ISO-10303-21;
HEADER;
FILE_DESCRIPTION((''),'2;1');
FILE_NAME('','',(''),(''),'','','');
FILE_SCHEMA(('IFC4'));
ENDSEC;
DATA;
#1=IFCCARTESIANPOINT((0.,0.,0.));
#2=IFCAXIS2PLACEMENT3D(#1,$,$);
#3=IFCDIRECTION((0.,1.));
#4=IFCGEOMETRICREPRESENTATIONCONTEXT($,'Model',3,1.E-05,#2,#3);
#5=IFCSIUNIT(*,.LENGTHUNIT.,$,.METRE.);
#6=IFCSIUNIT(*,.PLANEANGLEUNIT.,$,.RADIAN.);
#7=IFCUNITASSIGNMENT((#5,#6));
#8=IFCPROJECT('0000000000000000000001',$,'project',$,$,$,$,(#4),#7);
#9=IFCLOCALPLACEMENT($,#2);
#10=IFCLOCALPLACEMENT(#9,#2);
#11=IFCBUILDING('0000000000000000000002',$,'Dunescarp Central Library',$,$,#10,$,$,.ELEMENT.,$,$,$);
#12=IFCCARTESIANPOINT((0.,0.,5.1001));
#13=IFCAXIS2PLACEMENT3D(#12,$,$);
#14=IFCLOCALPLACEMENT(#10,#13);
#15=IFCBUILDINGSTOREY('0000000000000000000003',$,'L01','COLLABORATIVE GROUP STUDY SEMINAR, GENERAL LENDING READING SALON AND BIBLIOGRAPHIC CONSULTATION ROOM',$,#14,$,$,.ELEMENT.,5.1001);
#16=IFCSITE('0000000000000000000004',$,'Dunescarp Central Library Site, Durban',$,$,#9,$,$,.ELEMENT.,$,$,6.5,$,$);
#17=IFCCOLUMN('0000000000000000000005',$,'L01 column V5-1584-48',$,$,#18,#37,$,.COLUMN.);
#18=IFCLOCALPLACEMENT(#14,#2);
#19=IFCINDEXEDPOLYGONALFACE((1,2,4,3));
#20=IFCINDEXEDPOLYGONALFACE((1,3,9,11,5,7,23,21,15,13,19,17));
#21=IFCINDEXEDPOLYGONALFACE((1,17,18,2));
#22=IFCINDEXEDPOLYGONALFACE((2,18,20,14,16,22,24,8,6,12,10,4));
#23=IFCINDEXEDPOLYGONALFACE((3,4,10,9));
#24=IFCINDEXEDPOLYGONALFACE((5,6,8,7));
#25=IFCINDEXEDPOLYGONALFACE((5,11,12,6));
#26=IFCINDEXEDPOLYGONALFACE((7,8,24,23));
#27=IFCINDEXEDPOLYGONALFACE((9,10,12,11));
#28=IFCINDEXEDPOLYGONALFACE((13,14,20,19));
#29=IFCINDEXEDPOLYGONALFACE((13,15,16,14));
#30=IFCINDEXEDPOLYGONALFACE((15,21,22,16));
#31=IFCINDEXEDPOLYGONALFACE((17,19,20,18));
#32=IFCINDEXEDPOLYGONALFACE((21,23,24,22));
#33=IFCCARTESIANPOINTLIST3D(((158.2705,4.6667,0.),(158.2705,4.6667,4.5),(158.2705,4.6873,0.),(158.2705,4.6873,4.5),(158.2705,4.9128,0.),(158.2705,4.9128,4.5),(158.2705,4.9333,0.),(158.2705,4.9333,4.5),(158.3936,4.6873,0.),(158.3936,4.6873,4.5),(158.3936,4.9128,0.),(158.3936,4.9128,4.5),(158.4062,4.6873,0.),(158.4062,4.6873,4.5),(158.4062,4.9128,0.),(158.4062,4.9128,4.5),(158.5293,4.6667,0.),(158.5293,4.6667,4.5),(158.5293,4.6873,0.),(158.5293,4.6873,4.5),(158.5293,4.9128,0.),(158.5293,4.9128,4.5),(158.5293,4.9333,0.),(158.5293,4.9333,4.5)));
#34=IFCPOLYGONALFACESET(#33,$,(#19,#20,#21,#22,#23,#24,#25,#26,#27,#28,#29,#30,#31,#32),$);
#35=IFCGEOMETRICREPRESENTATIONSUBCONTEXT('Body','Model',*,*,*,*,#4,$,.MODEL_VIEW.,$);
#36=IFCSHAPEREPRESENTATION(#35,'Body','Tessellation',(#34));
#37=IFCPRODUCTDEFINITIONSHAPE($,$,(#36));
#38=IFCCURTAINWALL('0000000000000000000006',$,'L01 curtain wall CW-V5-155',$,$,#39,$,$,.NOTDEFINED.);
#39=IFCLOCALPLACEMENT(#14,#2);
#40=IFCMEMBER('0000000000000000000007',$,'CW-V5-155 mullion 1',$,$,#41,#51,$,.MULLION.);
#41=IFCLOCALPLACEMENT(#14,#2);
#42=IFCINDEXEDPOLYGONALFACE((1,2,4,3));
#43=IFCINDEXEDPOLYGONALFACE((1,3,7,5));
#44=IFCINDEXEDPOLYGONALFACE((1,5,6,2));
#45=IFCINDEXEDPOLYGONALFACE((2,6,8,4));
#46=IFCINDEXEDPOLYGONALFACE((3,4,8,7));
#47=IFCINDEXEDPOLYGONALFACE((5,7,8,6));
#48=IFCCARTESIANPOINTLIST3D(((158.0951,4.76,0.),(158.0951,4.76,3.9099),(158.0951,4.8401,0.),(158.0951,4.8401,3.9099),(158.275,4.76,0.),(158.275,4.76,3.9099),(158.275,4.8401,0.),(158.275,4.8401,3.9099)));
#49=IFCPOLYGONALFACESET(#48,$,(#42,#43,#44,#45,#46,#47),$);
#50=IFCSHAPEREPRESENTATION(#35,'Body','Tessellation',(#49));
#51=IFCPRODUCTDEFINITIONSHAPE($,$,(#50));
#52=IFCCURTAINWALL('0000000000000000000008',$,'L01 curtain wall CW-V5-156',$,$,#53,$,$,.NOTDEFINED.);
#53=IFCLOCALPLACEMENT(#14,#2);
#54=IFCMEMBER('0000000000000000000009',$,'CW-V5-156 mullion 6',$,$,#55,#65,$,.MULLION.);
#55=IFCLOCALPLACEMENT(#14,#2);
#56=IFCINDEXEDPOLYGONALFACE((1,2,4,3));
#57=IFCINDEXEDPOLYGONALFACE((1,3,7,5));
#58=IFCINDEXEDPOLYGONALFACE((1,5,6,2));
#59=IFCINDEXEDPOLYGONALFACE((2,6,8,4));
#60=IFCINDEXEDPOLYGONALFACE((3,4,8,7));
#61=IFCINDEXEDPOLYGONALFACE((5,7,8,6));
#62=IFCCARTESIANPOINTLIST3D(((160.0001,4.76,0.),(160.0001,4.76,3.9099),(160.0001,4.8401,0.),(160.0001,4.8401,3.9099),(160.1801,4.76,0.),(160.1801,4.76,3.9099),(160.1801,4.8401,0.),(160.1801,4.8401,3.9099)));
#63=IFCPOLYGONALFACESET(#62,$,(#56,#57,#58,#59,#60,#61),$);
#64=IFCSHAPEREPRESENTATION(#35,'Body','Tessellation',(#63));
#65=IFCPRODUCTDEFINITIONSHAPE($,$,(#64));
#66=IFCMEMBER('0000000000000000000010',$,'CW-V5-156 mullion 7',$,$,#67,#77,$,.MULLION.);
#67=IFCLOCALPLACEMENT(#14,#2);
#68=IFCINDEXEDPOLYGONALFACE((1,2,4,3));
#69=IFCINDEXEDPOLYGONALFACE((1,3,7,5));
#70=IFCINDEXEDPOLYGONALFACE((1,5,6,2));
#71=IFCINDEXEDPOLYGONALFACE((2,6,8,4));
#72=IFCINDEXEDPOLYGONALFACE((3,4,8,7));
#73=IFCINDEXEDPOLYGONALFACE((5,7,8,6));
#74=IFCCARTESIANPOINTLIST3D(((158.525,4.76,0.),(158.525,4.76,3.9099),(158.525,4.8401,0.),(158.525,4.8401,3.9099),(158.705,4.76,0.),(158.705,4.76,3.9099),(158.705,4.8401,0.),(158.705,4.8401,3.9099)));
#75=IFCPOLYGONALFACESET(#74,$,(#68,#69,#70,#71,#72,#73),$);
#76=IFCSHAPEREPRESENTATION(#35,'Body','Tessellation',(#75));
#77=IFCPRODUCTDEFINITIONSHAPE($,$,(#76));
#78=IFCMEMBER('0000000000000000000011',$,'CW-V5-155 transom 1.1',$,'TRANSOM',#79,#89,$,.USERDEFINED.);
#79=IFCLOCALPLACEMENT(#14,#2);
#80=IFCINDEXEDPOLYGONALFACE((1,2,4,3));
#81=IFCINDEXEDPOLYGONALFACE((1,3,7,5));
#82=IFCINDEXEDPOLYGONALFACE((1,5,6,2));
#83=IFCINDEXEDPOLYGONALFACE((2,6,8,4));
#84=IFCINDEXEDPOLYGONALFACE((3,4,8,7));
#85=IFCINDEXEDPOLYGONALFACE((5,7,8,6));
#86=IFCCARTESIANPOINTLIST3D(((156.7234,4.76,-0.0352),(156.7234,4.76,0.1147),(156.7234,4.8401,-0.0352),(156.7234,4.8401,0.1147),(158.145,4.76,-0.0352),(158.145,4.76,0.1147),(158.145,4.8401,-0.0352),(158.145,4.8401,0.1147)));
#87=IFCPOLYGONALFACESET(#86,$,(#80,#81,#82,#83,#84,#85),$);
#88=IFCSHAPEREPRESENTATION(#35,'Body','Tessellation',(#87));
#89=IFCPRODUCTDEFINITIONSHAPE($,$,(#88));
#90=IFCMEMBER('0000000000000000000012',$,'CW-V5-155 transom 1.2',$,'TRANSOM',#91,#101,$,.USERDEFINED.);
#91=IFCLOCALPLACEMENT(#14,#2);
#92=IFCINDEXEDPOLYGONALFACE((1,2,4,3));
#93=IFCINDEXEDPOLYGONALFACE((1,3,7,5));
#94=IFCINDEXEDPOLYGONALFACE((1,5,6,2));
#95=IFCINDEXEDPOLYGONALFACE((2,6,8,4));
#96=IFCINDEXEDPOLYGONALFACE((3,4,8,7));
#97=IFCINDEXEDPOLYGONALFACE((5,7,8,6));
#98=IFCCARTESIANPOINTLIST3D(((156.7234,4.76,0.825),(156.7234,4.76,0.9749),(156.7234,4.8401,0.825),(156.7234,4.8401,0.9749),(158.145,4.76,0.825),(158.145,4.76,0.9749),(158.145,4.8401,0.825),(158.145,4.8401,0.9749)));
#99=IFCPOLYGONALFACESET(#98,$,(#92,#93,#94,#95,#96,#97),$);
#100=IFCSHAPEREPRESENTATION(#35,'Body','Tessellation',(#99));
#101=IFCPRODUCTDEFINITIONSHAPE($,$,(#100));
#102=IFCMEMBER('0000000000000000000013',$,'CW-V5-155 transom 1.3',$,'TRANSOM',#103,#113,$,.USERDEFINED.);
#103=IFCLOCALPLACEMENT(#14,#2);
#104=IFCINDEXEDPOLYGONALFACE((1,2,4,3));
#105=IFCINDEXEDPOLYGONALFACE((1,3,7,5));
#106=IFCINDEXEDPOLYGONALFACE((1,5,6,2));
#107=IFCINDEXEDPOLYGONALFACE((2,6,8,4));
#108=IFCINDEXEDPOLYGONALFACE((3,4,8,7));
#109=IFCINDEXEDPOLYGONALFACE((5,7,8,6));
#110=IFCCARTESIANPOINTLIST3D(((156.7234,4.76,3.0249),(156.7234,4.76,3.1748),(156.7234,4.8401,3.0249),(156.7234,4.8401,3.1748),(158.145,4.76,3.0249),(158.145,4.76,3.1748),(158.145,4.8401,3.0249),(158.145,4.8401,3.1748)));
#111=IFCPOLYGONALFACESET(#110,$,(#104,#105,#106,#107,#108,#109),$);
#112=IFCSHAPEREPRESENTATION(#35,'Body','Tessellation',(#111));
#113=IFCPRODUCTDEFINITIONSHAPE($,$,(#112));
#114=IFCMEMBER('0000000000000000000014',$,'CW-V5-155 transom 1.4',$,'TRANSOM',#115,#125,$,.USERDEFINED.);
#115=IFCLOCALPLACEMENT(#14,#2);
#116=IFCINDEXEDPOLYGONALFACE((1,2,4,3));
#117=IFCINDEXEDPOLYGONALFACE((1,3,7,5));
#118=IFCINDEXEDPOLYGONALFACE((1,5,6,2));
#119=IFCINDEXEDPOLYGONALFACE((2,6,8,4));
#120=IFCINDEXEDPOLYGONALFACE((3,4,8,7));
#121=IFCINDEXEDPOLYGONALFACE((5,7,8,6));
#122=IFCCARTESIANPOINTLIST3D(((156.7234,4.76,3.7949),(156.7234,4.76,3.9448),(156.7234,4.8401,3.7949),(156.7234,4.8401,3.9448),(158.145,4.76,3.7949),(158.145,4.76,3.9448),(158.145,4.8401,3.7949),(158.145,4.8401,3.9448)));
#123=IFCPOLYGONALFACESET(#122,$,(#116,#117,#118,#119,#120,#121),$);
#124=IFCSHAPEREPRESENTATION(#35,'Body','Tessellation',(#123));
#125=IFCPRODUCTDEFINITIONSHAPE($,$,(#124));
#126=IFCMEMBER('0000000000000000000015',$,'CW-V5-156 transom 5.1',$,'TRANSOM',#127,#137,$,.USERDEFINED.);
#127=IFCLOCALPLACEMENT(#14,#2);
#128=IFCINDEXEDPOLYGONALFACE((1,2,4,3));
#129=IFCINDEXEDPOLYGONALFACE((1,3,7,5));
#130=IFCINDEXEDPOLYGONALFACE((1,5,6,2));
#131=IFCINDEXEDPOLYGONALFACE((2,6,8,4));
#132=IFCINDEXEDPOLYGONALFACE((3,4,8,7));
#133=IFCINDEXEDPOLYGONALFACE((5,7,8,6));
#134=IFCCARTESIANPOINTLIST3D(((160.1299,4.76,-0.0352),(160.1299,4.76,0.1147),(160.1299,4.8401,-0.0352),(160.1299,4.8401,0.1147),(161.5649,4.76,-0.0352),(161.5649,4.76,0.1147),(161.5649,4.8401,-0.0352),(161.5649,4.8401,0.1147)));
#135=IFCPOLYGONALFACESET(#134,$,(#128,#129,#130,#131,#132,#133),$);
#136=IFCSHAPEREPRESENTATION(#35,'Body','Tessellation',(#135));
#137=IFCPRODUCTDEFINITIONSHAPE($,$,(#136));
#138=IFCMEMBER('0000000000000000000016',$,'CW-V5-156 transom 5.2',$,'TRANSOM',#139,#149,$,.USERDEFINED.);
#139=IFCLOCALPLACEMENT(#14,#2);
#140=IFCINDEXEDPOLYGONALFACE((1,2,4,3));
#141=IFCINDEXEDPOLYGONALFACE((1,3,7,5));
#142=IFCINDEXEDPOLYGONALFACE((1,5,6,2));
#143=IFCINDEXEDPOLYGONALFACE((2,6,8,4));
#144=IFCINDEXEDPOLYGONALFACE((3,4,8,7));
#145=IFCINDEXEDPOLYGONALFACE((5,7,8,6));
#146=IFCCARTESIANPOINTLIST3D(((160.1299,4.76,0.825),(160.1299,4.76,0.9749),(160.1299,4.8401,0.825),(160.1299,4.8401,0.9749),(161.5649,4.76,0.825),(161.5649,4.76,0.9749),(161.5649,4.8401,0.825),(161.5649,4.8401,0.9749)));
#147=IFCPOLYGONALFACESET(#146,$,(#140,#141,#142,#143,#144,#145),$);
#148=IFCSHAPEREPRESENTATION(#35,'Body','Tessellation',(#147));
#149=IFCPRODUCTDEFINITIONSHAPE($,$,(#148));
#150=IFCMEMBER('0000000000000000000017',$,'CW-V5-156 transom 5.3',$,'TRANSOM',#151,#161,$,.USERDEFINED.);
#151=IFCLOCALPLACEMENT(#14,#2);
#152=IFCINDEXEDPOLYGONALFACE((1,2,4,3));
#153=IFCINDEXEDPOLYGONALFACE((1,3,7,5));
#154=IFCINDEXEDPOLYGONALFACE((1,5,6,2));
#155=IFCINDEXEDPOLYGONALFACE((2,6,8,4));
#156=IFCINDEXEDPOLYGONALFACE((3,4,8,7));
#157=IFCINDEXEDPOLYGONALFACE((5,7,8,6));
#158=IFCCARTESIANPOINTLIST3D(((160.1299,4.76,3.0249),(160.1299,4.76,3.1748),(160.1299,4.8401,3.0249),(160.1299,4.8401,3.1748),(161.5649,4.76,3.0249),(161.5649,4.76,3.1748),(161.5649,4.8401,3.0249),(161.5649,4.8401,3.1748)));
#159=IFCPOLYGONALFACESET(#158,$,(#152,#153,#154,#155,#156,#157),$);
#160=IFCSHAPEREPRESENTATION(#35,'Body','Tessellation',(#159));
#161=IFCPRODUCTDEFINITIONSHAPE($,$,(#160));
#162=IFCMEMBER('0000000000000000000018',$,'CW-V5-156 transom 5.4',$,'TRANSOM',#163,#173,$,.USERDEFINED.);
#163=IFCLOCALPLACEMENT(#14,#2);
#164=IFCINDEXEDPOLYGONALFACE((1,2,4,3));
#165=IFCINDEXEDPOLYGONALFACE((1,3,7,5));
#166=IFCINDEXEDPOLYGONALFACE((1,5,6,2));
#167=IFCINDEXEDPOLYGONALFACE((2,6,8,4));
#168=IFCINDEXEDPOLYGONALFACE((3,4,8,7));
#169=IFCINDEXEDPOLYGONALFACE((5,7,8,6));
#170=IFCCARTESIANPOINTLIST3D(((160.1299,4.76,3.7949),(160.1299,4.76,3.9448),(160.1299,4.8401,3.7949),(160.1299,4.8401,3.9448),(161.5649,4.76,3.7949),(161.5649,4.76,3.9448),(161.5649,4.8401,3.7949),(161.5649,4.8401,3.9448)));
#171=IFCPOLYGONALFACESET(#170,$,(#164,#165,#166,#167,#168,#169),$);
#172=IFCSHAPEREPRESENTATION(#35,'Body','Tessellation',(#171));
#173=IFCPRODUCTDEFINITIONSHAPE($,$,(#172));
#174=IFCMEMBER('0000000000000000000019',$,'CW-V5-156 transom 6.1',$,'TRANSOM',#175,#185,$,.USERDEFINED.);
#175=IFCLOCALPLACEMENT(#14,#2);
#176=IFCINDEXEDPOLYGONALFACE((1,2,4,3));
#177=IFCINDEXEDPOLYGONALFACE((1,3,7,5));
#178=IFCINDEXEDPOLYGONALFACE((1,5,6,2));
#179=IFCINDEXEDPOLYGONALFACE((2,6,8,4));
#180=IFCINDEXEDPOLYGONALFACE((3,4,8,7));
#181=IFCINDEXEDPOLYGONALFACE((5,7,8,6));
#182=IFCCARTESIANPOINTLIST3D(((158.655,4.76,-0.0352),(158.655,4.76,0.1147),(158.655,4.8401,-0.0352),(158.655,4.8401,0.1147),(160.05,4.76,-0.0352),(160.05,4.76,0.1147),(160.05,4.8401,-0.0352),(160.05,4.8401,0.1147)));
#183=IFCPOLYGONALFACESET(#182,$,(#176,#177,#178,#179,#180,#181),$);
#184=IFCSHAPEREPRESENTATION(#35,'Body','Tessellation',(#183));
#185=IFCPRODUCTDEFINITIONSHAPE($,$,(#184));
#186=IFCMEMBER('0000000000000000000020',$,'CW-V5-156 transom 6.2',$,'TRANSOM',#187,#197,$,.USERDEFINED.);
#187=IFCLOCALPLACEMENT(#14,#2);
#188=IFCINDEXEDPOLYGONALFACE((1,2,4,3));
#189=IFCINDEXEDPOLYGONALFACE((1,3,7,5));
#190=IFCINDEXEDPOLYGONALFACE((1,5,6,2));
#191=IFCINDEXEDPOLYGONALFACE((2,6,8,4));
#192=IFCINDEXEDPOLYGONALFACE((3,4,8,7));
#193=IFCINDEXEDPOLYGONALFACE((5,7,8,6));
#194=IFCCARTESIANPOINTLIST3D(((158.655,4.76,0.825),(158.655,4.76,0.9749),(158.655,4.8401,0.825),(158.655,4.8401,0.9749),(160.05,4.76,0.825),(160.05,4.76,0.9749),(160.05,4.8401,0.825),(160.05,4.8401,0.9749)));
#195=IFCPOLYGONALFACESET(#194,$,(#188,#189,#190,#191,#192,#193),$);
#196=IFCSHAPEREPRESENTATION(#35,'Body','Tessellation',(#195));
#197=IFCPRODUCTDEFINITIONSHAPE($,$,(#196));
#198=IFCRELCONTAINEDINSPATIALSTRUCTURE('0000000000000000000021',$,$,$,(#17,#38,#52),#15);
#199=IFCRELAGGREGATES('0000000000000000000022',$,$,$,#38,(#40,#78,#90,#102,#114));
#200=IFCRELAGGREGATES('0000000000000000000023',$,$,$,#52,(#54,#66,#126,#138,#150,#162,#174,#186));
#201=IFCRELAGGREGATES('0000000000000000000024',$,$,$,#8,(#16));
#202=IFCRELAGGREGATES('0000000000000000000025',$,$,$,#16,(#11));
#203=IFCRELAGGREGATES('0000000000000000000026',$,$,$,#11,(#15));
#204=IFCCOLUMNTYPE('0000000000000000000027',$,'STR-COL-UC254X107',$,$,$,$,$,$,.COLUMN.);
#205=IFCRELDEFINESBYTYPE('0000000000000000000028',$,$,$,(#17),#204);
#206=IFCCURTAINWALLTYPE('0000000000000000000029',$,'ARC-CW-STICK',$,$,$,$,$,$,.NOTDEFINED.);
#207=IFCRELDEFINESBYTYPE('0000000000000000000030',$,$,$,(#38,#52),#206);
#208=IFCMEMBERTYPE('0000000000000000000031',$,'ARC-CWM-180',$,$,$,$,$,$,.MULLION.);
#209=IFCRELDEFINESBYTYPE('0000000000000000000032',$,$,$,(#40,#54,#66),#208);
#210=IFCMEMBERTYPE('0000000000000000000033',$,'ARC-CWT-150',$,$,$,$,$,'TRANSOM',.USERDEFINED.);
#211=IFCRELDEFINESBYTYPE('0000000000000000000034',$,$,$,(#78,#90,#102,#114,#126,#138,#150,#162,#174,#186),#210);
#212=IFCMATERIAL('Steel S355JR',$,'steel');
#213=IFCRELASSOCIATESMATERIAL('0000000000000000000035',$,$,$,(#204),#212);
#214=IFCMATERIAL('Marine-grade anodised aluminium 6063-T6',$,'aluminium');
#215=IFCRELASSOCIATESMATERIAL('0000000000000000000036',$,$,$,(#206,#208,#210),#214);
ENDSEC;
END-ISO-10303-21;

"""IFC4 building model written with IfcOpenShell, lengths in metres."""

from ifc_helpers import new_model, si_unit, direction, frame, origin, origin_2d, place, context, subcontext, project, spatial, rectangle, i_section, extrude, material, material_profile, profile_set, type_object, element, aggregate, save


model = new_model("IFC4")

# Units and contexts
model_context = context("Model", 3, precision=1e-05, world=origin(), true_north=direction((0.0, 1.0)))
body_context = subcontext(model_context, "Body", "Model", "MODEL_VIEW")
ifc_project = project(units=[si_unit("LENGTHUNIT", "METRE"), si_unit("PLANEANGLEUNIT", "RADIAN")], contexts=[model_context])

# Site, building, storey
site_placement = place(None, origin())
site = spatial("IfcSite", under=ifc_project, at=site_placement, Name="Dunescarp Central Library Site, Durban", CompositionType="ELEMENT", RefElevation=6.5)
building_placement = place(site_placement, origin())
building = spatial("IfcBuilding", under=site, at=building_placement, Name="Dunescarp Central Library", CompositionType="ELEMENT")
storey_placement = place(building_placement, frame((0.0, 0.0, 5.1001)))
storey = spatial("IfcBuildingStorey", under=building, at=storey_placement, Name="L01", Description="COLLABORATIVE GROUP STUDY SEMINAR, GENERAL LENDING READING SALON AND BIBLIOGRAPHIC CONSULTATION ROOM", CompositionType="ELEMENT", Elevation=5.1001)

# Column
ifc_material_1 = material(Name="Steel S355JR", Category="steel")
ifc_material_profile_1 = material_profile(ifc_material_1, i_section(OverallWidth=0.2588, OverallDepth=0.2666, WebThickness=0.0127, FlangeThickness=0.0205, at=origin_2d()), Name="UC 254x254x107")
ifc_profile_set_1 = profile_set([ifc_material_profile_1], Name="Steel S355JR")
column_type = type_object("IfcColumnType", Name="STR-COL-UC254X107", PredefinedType="COLUMN", material=ifc_profile_set_1)
column_placement = place(storey_placement, frame((158.3999, 4.8, 0.0), z_axis=(0.0, 0.0, 1.0), x_axis=(1.0, 0.0, 0.0)))
element("IfcColumn", 1, at=column_placement, inside=storey, type_object=column_type, Name="L01 column V5-1584-48", PredefinedType="COLUMN", context=body_context, shape_type="SweptSolid", body=[
    extrude(i_section(OverallWidth=0.2588, OverallDepth=0.2666, WebThickness=0.0127, FlangeThickness=0.0205, at=origin_2d()), origin(), (0.0, 0.0, 1.0), 4.5),
])

# Curtain wall, member
ifc_material_2 = material(Name="Marine-grade anodised aluminium 6063-T6", Category="aluminium")
curtain_wall_type = type_object("IfcCurtainWallType", Name="ARC-CW-STICK", PredefinedType="NOTDEFINED", material=ifc_material_2)
curtain_wall_1_placement = place(storey_placement, origin())
curtain_wall_1 = element("IfcCurtainWall", 2, at=curtain_wall_1_placement, inside=storey, type_object=curtain_wall_type, Name="L01 curtain wall CW-V5-155", PredefinedType="NOTDEFINED")
ifc_material_profile_2 = material_profile(ifc_material_2, rectangle(XDim=0.0801, YDim=0.1799, at=origin_2d()), Name="AL 80x180")
ifc_profile_set_2 = profile_set([ifc_material_profile_2], Name="Marine-grade anodised aluminium 6063-T6")
member_type_1 = type_object("IfcMemberType", Name="ARC-CWM-180", PredefinedType="MULLION", material=ifc_profile_set_2)
member_1_placement = place(storey_placement, frame((158.1851, 4.8, 0.0), z_axis=(0.0, 0.0, 1.0), x_axis=(0.0, -1.0, 0.0)))
member_1 = element("IfcMember", 3, at=member_1_placement, type_object=member_type_1, Name="CW-V5-155 mullion 1", PredefinedType="MULLION", context=body_context, shape_type="SweptSolid", body=[
    extrude(rectangle(XDim=0.0801, YDim=0.1799, at=origin_2d()), origin(), (0.0, 0.0, 1.0), 3.9099),
])

# Curtain wall, members
curtain_wall_2_placement = place(storey_placement, origin())
curtain_wall_2 = element("IfcCurtainWall", 4, at=curtain_wall_2_placement, inside=storey, type_object=curtain_wall_type, Name="L01 curtain wall CW-V5-156", PredefinedType="NOTDEFINED")
member_2_placement = place(storey_placement, frame((160.0901, 4.8, 0.0), z_axis=(0.0, 0.0, 1.0), x_axis=(0.0, -1.0, 0.0)))
member_2 = element("IfcMember", 5, at=member_2_placement, type_object=member_type_1, Name="CW-V5-156 mullion 6", PredefinedType="MULLION", context=body_context, shape_type="SweptSolid", body=[
    extrude(rectangle(XDim=0.0801, YDim=0.1799, at=origin_2d()), origin(), (0.0, 0.0, 1.0), 3.9099),
])
member_3_placement = place(storey_placement, frame((158.615, 4.8, 0.0), z_axis=(0.0, 0.0, 1.0), x_axis=(0.0, -1.0, 0.0)))
member_3 = element("IfcMember", 6, at=member_3_placement, type_object=member_type_1, Name="CW-V5-156 mullion 7", PredefinedType="MULLION", context=body_context, shape_type="SweptSolid", body=[
    extrude(rectangle(XDim=0.0801, YDim=0.1799, at=origin_2d()), origin(), (0.0, 0.0, 1.0), 3.9099),
])

# Members
ifc_material_profile_3 = material_profile(ifc_material_2, rectangle(XDim=0.0801, YDim=0.1499, at=origin_2d()), Name="AL 80x150")
ifc_profile_set_3 = profile_set([ifc_material_profile_3], Name="Marine-grade anodised aluminium 6063-T6")
member_type_2 = type_object("IfcMemberType", Name="ARC-CWT-150", ElementType="TRANSOM", PredefinedType="USERDEFINED", material=ifc_profile_set_3)
member_4_placement = place(storey_placement, frame((158.145, 4.8, 0.0398), z_axis=(-1.0, 0.0, 0.0), x_axis=(0.0, -1.0, 0.0)))
member_4 = element("IfcMember", 7, at=member_4_placement, type_object=member_type_2, Name="CW-V5-155 transom 1.1", ObjectType="TRANSOM", PredefinedType="USERDEFINED", context=body_context, shape_type="SweptSolid", body=[
    extrude(rectangle(XDim=0.0801, YDim=0.1499, at=origin_2d()), origin(), (0.0, 0.0, 1.0), 1.4216),
])
member_5_placement = place(storey_placement, frame((158.145, 4.8, 0.8999), z_axis=(-1.0, 0.0, 0.0), x_axis=(0.0, -1.0, 0.0)))
member_5 = element("IfcMember", 8, at=member_5_placement, type_object=member_type_2, Name="CW-V5-155 transom 1.2", ObjectType="TRANSOM", PredefinedType="USERDEFINED", context=body_context, shape_type="SweptSolid", body=[
    extrude(rectangle(XDim=0.0801, YDim=0.1499, at=origin_2d()), origin(), (0.0, 0.0, 1.0), 1.4216),
])
member_6_placement = place(storey_placement, frame((158.145, 4.8, 3.0999), z_axis=(-1.0, 0.0, 0.0), x_axis=(0.0, -1.0, 0.0)))
member_6 = element("IfcMember", 9, at=member_6_placement, type_object=member_type_2, Name="CW-V5-155 transom 1.3", ObjectType="TRANSOM", PredefinedType="USERDEFINED", context=body_context, shape_type="SweptSolid", body=[
    extrude(rectangle(XDim=0.0801, YDim=0.1499, at=origin_2d()), origin(), (0.0, 0.0, 1.0), 1.4216),
])
member_7_placement = place(storey_placement, frame((158.145, 4.8, 3.8699), z_axis=(-1.0, 0.0, 0.0), x_axis=(0.0, -1.0, 0.0)))
member_7 = element("IfcMember", 10, at=member_7_placement, type_object=member_type_2, Name="CW-V5-155 transom 1.4", ObjectType="TRANSOM", PredefinedType="USERDEFINED", context=body_context, shape_type="SweptSolid", body=[
    extrude(rectangle(XDim=0.0801, YDim=0.1499, at=origin_2d()), origin(), (0.0, 0.0, 1.0), 1.4216),
])
aggregate(curtain_wall_1, [member_1, member_4, member_5, member_6, member_7])
member_8_placement = place(storey_placement, frame((161.5649, 4.8, 0.0398), z_axis=(-1.0, 0.0, 0.0), x_axis=(0.0, -1.0, 0.0)))
member_8 = element("IfcMember", 11, at=member_8_placement, type_object=member_type_2, Name="CW-V5-156 transom 5.1", ObjectType="TRANSOM", PredefinedType="USERDEFINED", context=body_context, shape_type="SweptSolid", body=[
    extrude(rectangle(XDim=0.0801, YDim=0.1499, at=origin_2d()), origin(), (0.0, 0.0, 1.0), 1.4351),
])
member_9_placement = place(storey_placement, frame((161.5649, 4.8, 0.8999), z_axis=(-1.0, 0.0, 0.0), x_axis=(0.0, -1.0, 0.0)))
member_9 = element("IfcMember", 12, at=member_9_placement, type_object=member_type_2, Name="CW-V5-156 transom 5.2", ObjectType="TRANSOM", PredefinedType="USERDEFINED", context=body_context, shape_type="SweptSolid", body=[
    extrude(rectangle(XDim=0.0801, YDim=0.1499, at=origin_2d()), origin(), (0.0, 0.0, 1.0), 1.4351),
])
member_10_placement = place(storey_placement, frame((161.5649, 4.8, 3.0999), z_axis=(-1.0, 0.0, 0.0), x_axis=(0.0, -1.0, 0.0)))
member_10 = element("IfcMember", 13, at=member_10_placement, type_object=member_type_2, Name="CW-V5-156 transom 5.3", ObjectType="TRANSOM", PredefinedType="USERDEFINED", context=body_context, shape_type="SweptSolid", body=[
    extrude(rectangle(XDim=0.0801, YDim=0.1499, at=origin_2d()), origin(), (0.0, 0.0, 1.0), 1.4351),
])
member_11_placement = place(storey_placement, frame((161.5649, 4.8, 3.8699), z_axis=(-1.0, 0.0, 0.0), x_axis=(0.0, -1.0, 0.0)))
member_11 = element("IfcMember", 14, at=member_11_placement, type_object=member_type_2, Name="CW-V5-156 transom 5.4", ObjectType="TRANSOM", PredefinedType="USERDEFINED", context=body_context, shape_type="SweptSolid", body=[
    extrude(rectangle(XDim=0.0801, YDim=0.1499, at=origin_2d()), origin(), (0.0, 0.0, 1.0), 1.4351),
])
member_12_placement = place(storey_placement, frame((160.05, 4.8, 0.0398), z_axis=(-1.0, 0.0, 0.0), x_axis=(0.0, -1.0, 0.0)))
member_12 = element("IfcMember", 15, at=member_12_placement, type_object=member_type_2, Name="CW-V5-156 transom 6.1", ObjectType="TRANSOM", PredefinedType="USERDEFINED", context=body_context, shape_type="SweptSolid", body=[
    extrude(rectangle(XDim=0.0801, YDim=0.1499, at=origin_2d()), origin(), (0.0, 0.0, 1.0), 1.395),
])
member_13_placement = place(storey_placement, frame((160.05, 4.8, 0.8999), z_axis=(-1.0, 0.0, 0.0), x_axis=(0.0, -1.0, 0.0)))
member_13 = element("IfcMember", 16, at=member_13_placement, type_object=member_type_2, Name="CW-V5-156 transom 6.2", ObjectType="TRANSOM", PredefinedType="USERDEFINED", context=body_context, shape_type="SweptSolid", body=[
    extrude(rectangle(XDim=0.0801, YDim=0.1499, at=origin_2d()), origin(), (0.0, 0.0, 1.0), 1.395),
])

aggregate(curtain_wall_2, [member_2, member_3, member_8, member_9, member_10, member_11, member_12, member_13])

save(model, "model.ifc")
